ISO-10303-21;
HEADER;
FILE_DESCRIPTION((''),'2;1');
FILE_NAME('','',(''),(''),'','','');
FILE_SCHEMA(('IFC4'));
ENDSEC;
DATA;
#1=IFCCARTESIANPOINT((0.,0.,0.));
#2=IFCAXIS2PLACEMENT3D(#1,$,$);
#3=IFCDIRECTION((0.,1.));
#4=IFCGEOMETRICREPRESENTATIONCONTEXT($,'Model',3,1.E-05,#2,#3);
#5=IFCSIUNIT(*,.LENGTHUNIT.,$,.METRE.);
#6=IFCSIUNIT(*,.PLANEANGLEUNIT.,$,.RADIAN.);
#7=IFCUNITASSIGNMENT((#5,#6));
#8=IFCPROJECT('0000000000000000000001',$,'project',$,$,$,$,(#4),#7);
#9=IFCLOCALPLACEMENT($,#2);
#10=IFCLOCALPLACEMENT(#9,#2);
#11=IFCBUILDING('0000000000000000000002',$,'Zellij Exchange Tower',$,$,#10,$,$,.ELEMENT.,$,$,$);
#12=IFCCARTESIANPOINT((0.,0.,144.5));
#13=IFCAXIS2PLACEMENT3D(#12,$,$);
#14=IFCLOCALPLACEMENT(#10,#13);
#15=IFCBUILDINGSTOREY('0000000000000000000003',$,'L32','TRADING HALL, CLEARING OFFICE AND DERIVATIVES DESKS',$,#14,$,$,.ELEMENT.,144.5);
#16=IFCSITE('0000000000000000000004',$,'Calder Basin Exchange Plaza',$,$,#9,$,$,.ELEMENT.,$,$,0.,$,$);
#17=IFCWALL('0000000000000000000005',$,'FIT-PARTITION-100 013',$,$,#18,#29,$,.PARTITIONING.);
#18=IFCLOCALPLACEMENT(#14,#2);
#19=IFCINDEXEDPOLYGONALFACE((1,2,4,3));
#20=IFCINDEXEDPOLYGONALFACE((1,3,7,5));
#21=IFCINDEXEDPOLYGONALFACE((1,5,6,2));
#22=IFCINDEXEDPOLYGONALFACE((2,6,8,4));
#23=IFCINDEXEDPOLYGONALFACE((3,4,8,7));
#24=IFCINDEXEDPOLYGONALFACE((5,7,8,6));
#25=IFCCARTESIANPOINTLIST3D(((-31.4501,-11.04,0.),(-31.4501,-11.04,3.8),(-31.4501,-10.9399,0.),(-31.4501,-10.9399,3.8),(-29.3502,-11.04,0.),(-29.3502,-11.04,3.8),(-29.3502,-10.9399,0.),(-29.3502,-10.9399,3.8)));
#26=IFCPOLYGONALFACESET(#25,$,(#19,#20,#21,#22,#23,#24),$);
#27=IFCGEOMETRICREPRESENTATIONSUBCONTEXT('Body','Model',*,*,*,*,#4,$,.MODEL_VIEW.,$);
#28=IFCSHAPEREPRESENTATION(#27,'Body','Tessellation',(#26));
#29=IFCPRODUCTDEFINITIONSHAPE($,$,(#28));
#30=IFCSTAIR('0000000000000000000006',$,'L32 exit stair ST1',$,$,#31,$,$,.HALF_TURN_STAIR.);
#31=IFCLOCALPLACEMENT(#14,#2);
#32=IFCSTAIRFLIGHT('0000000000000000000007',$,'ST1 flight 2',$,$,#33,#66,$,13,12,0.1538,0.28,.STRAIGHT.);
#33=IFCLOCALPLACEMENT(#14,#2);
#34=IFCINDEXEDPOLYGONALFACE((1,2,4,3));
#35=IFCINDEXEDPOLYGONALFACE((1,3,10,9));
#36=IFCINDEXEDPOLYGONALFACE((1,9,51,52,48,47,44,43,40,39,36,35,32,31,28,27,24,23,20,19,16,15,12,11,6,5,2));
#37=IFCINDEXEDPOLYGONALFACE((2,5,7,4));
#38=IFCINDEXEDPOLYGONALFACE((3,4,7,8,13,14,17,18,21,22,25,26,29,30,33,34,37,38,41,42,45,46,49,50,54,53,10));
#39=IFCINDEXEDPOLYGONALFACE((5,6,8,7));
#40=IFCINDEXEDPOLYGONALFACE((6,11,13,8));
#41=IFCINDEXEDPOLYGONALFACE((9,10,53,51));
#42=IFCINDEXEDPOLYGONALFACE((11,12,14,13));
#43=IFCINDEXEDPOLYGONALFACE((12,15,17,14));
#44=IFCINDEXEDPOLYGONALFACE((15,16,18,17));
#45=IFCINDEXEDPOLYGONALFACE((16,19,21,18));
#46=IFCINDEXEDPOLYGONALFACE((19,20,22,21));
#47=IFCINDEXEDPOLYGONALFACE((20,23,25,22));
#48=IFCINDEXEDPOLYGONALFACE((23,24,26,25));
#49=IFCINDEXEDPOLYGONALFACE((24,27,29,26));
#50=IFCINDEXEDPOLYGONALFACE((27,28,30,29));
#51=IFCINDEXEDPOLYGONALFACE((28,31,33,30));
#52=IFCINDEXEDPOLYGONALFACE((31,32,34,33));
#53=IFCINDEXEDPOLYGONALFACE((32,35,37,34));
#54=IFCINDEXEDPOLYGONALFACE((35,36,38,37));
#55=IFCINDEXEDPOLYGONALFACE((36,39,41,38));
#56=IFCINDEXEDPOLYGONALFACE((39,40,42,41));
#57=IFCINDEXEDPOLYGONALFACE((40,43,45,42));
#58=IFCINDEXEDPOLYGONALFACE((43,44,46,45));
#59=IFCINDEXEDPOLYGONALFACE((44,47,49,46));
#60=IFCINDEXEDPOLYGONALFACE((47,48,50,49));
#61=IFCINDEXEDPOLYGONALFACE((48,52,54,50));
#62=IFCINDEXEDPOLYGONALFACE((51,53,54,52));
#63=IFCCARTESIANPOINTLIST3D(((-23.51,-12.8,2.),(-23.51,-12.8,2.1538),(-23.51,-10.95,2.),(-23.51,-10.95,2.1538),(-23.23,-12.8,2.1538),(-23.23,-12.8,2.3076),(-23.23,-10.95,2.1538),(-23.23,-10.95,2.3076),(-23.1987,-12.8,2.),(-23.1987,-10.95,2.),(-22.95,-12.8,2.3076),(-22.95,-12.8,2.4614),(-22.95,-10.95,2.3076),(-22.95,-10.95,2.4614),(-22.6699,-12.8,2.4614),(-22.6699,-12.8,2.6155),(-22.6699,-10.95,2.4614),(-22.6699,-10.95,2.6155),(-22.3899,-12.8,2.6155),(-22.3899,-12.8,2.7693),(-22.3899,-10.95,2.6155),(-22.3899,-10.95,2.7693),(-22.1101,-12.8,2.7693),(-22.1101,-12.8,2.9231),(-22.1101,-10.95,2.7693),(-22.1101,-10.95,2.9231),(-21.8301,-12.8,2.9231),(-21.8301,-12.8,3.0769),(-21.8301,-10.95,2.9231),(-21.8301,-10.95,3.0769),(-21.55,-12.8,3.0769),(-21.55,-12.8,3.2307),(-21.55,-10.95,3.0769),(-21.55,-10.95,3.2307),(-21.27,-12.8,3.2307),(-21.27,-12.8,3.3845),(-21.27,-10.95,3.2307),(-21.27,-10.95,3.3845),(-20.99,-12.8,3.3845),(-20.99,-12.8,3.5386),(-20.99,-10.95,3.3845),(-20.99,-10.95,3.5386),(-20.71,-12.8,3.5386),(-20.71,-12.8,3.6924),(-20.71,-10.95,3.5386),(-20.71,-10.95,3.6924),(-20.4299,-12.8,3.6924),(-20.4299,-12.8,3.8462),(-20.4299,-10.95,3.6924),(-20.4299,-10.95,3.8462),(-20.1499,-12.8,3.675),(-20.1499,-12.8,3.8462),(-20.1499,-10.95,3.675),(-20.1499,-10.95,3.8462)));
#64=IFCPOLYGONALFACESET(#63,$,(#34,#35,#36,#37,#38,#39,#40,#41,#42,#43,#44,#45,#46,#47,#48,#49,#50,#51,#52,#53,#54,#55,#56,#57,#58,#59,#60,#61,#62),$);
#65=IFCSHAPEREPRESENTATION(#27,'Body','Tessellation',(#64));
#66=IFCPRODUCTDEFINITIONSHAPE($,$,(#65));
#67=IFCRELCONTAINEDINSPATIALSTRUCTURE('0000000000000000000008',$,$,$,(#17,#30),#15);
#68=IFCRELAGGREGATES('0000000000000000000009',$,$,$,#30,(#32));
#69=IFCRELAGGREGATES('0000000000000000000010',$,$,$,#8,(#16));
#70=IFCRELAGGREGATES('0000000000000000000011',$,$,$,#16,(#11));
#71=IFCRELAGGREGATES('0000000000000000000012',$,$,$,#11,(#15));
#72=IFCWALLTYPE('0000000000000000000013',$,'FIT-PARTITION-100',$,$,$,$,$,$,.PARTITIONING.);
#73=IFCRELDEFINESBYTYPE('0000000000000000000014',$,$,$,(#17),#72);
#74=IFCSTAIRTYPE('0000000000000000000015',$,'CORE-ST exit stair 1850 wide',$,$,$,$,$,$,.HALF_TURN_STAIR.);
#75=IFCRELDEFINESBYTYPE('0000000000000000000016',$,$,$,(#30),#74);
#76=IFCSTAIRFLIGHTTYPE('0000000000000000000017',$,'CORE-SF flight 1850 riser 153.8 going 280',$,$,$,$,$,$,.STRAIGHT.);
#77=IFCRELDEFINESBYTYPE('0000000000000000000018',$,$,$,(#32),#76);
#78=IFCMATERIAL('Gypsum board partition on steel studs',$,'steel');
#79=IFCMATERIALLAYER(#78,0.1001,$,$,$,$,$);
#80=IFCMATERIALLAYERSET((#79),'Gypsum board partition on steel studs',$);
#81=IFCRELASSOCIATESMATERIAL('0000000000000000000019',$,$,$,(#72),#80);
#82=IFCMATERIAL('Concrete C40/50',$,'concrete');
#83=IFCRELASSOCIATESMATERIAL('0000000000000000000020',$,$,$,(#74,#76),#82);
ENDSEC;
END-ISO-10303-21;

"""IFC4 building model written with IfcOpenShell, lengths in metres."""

from ifc_helpers import new_model, si_unit, direction, frame, frame_2d, origin, place, context, subcontext, project, spatial, polyline, rectangle, outline, extrude, material, layer, layer_set, type_object, element, aggregate, save


model = new_model("IFC4")

# Units and contexts
model_context = context("Model", 3, precision=1e-05, world=origin(), true_north=direction((0.0, 1.0)))
body_context = subcontext(model_context, "Body", "Model", "MODEL_VIEW")
ifc_project = project(units=[si_unit("LENGTHUNIT", "METRE"), si_unit("PLANEANGLEUNIT", "RADIAN")], contexts=[model_context])

# Site, building, storey
site_placement = place(None, origin())
site = spatial("IfcSite", under=ifc_project, at=site_placement, Name="Calder Basin Exchange Plaza", CompositionType="ELEMENT", RefElevation=0.0)
building_placement = place(site_placement, origin())
building = spatial("IfcBuilding", under=site, at=building_placement, Name="Zellij Exchange Tower", CompositionType="ELEMENT")
storey_placement = place(building_placement, frame((0.0, 0.0, 144.5)))
storey = spatial("IfcBuildingStorey", under=building, at=storey_placement, Name="L32", Description="TRADING HALL, CLEARING OFFICE AND DERIVATIVES DESKS", CompositionType="ELEMENT", Elevation=144.5)

# Wall
ifc_material_1 = material(Name="Gypsum board partition on steel studs", Category="steel")
ifc_layer_1 = layer(ifc_material_1, 0.1001)
ifc_layer_set_1 = layer_set([ifc_layer_1], Name="Gypsum board partition on steel studs")
wall_type_1 = type_object("IfcWallType", Name="FIT-PARTITION-100", PredefinedType="PARTITIONING", material=ifc_layer_set_1)
wall_1_placement = place(storey_placement, frame((-31.45, -10.99, 0.0), z_axis=(0.0, 0.0, 1.0), x_axis=(1.0, 0.0, 0.0)))
element("IfcWall", 1, at=wall_1_placement, inside=storey, type_object=wall_type_1, Name="FIT-PARTITION-100 013", PredefinedType="PARTITIONING", context=body_context, shape_type="SweptSolid", body=[
    extrude(rectangle(XDim=2.0999, YDim=0.1001, at=frame_2d((1.0498, 0.0))), origin(), (0.0, 0.0, 1.0), 3.8),
])

# Stair, stair flight
ifc_material_2 = material(Name="Concrete C40/50", Category="concrete")
stair_type = type_object("IfcStairType", Name="CORE-ST exit stair 1850 wide", PredefinedType="HALF_TURN_STAIR", material=ifc_material_2)
stair_placement = place(storey_placement, origin())
stair = element("IfcStair", 2, at=stair_placement, inside=storey, type_object=stair_type, Name="L32 exit stair ST1", PredefinedType="HALF_TURN_STAIR")
stair_flight_type = type_object("IfcStairFlightType", Name="CORE-SF flight 1850 riser 153.8 going 280", PredefinedType="STRAIGHT", material=ifc_material_2)
stair_flight_placement = place(storey_placement, frame((-23.51, -11.875, 2.0), z_axis=(0.0, 0.0, 1.0), x_axis=(1.0, 0.0, 0.0)))
stair_flight = element("IfcStairFlight", 3, at=stair_flight_placement, type_object=stair_flight_type, Name="ST1 flight 2", NumberOfRisers=13, NumberOfTreads=12, PredefinedType="STRAIGHT", RiserHeight=0.1538, TreadLength=0.28, context=body_context, shape_type="SweptSolid", body=[
    extrude(outline(polyline([(0.0, 0.0), (0.0, 0.1538), (0.28, 0.1538), (0.28, 0.3076), (0.5601, 0.3076), (0.5601, 0.4614), (0.8401, 0.4614), (0.8401, 0.6155), (1.1201, 0.6155), (1.1201, 0.7693), (1.3999, 0.7693), (1.3999, 0.9231), (1.6799, 0.9231), (1.6799, 1.0769), (1.96, 1.0769), (1.96, 1.2307), (2.24, 1.2307), (2.24, 1.3845), (2.52, 1.3845), (2.52, 1.5386), (2.8, 1.5386), (2.8, 1.6924), (3.0801, 1.6924), (3.0801, 1.8462), (3.3601, 1.8462), (3.3601, 2.0), (3.3601, 1.675), (0.3113, 0.0), (0.0, 0.0)])), frame((0.0, 0.925, 0.0), z_axis=(0.0, -1.0, 0.0), x_axis=(1.0, 0.0, 0.0)), (0.0, 0.0, 1.0), 1.8501),
])
aggregate(stair, [stair_flight])

save(model, "model.ifc")
